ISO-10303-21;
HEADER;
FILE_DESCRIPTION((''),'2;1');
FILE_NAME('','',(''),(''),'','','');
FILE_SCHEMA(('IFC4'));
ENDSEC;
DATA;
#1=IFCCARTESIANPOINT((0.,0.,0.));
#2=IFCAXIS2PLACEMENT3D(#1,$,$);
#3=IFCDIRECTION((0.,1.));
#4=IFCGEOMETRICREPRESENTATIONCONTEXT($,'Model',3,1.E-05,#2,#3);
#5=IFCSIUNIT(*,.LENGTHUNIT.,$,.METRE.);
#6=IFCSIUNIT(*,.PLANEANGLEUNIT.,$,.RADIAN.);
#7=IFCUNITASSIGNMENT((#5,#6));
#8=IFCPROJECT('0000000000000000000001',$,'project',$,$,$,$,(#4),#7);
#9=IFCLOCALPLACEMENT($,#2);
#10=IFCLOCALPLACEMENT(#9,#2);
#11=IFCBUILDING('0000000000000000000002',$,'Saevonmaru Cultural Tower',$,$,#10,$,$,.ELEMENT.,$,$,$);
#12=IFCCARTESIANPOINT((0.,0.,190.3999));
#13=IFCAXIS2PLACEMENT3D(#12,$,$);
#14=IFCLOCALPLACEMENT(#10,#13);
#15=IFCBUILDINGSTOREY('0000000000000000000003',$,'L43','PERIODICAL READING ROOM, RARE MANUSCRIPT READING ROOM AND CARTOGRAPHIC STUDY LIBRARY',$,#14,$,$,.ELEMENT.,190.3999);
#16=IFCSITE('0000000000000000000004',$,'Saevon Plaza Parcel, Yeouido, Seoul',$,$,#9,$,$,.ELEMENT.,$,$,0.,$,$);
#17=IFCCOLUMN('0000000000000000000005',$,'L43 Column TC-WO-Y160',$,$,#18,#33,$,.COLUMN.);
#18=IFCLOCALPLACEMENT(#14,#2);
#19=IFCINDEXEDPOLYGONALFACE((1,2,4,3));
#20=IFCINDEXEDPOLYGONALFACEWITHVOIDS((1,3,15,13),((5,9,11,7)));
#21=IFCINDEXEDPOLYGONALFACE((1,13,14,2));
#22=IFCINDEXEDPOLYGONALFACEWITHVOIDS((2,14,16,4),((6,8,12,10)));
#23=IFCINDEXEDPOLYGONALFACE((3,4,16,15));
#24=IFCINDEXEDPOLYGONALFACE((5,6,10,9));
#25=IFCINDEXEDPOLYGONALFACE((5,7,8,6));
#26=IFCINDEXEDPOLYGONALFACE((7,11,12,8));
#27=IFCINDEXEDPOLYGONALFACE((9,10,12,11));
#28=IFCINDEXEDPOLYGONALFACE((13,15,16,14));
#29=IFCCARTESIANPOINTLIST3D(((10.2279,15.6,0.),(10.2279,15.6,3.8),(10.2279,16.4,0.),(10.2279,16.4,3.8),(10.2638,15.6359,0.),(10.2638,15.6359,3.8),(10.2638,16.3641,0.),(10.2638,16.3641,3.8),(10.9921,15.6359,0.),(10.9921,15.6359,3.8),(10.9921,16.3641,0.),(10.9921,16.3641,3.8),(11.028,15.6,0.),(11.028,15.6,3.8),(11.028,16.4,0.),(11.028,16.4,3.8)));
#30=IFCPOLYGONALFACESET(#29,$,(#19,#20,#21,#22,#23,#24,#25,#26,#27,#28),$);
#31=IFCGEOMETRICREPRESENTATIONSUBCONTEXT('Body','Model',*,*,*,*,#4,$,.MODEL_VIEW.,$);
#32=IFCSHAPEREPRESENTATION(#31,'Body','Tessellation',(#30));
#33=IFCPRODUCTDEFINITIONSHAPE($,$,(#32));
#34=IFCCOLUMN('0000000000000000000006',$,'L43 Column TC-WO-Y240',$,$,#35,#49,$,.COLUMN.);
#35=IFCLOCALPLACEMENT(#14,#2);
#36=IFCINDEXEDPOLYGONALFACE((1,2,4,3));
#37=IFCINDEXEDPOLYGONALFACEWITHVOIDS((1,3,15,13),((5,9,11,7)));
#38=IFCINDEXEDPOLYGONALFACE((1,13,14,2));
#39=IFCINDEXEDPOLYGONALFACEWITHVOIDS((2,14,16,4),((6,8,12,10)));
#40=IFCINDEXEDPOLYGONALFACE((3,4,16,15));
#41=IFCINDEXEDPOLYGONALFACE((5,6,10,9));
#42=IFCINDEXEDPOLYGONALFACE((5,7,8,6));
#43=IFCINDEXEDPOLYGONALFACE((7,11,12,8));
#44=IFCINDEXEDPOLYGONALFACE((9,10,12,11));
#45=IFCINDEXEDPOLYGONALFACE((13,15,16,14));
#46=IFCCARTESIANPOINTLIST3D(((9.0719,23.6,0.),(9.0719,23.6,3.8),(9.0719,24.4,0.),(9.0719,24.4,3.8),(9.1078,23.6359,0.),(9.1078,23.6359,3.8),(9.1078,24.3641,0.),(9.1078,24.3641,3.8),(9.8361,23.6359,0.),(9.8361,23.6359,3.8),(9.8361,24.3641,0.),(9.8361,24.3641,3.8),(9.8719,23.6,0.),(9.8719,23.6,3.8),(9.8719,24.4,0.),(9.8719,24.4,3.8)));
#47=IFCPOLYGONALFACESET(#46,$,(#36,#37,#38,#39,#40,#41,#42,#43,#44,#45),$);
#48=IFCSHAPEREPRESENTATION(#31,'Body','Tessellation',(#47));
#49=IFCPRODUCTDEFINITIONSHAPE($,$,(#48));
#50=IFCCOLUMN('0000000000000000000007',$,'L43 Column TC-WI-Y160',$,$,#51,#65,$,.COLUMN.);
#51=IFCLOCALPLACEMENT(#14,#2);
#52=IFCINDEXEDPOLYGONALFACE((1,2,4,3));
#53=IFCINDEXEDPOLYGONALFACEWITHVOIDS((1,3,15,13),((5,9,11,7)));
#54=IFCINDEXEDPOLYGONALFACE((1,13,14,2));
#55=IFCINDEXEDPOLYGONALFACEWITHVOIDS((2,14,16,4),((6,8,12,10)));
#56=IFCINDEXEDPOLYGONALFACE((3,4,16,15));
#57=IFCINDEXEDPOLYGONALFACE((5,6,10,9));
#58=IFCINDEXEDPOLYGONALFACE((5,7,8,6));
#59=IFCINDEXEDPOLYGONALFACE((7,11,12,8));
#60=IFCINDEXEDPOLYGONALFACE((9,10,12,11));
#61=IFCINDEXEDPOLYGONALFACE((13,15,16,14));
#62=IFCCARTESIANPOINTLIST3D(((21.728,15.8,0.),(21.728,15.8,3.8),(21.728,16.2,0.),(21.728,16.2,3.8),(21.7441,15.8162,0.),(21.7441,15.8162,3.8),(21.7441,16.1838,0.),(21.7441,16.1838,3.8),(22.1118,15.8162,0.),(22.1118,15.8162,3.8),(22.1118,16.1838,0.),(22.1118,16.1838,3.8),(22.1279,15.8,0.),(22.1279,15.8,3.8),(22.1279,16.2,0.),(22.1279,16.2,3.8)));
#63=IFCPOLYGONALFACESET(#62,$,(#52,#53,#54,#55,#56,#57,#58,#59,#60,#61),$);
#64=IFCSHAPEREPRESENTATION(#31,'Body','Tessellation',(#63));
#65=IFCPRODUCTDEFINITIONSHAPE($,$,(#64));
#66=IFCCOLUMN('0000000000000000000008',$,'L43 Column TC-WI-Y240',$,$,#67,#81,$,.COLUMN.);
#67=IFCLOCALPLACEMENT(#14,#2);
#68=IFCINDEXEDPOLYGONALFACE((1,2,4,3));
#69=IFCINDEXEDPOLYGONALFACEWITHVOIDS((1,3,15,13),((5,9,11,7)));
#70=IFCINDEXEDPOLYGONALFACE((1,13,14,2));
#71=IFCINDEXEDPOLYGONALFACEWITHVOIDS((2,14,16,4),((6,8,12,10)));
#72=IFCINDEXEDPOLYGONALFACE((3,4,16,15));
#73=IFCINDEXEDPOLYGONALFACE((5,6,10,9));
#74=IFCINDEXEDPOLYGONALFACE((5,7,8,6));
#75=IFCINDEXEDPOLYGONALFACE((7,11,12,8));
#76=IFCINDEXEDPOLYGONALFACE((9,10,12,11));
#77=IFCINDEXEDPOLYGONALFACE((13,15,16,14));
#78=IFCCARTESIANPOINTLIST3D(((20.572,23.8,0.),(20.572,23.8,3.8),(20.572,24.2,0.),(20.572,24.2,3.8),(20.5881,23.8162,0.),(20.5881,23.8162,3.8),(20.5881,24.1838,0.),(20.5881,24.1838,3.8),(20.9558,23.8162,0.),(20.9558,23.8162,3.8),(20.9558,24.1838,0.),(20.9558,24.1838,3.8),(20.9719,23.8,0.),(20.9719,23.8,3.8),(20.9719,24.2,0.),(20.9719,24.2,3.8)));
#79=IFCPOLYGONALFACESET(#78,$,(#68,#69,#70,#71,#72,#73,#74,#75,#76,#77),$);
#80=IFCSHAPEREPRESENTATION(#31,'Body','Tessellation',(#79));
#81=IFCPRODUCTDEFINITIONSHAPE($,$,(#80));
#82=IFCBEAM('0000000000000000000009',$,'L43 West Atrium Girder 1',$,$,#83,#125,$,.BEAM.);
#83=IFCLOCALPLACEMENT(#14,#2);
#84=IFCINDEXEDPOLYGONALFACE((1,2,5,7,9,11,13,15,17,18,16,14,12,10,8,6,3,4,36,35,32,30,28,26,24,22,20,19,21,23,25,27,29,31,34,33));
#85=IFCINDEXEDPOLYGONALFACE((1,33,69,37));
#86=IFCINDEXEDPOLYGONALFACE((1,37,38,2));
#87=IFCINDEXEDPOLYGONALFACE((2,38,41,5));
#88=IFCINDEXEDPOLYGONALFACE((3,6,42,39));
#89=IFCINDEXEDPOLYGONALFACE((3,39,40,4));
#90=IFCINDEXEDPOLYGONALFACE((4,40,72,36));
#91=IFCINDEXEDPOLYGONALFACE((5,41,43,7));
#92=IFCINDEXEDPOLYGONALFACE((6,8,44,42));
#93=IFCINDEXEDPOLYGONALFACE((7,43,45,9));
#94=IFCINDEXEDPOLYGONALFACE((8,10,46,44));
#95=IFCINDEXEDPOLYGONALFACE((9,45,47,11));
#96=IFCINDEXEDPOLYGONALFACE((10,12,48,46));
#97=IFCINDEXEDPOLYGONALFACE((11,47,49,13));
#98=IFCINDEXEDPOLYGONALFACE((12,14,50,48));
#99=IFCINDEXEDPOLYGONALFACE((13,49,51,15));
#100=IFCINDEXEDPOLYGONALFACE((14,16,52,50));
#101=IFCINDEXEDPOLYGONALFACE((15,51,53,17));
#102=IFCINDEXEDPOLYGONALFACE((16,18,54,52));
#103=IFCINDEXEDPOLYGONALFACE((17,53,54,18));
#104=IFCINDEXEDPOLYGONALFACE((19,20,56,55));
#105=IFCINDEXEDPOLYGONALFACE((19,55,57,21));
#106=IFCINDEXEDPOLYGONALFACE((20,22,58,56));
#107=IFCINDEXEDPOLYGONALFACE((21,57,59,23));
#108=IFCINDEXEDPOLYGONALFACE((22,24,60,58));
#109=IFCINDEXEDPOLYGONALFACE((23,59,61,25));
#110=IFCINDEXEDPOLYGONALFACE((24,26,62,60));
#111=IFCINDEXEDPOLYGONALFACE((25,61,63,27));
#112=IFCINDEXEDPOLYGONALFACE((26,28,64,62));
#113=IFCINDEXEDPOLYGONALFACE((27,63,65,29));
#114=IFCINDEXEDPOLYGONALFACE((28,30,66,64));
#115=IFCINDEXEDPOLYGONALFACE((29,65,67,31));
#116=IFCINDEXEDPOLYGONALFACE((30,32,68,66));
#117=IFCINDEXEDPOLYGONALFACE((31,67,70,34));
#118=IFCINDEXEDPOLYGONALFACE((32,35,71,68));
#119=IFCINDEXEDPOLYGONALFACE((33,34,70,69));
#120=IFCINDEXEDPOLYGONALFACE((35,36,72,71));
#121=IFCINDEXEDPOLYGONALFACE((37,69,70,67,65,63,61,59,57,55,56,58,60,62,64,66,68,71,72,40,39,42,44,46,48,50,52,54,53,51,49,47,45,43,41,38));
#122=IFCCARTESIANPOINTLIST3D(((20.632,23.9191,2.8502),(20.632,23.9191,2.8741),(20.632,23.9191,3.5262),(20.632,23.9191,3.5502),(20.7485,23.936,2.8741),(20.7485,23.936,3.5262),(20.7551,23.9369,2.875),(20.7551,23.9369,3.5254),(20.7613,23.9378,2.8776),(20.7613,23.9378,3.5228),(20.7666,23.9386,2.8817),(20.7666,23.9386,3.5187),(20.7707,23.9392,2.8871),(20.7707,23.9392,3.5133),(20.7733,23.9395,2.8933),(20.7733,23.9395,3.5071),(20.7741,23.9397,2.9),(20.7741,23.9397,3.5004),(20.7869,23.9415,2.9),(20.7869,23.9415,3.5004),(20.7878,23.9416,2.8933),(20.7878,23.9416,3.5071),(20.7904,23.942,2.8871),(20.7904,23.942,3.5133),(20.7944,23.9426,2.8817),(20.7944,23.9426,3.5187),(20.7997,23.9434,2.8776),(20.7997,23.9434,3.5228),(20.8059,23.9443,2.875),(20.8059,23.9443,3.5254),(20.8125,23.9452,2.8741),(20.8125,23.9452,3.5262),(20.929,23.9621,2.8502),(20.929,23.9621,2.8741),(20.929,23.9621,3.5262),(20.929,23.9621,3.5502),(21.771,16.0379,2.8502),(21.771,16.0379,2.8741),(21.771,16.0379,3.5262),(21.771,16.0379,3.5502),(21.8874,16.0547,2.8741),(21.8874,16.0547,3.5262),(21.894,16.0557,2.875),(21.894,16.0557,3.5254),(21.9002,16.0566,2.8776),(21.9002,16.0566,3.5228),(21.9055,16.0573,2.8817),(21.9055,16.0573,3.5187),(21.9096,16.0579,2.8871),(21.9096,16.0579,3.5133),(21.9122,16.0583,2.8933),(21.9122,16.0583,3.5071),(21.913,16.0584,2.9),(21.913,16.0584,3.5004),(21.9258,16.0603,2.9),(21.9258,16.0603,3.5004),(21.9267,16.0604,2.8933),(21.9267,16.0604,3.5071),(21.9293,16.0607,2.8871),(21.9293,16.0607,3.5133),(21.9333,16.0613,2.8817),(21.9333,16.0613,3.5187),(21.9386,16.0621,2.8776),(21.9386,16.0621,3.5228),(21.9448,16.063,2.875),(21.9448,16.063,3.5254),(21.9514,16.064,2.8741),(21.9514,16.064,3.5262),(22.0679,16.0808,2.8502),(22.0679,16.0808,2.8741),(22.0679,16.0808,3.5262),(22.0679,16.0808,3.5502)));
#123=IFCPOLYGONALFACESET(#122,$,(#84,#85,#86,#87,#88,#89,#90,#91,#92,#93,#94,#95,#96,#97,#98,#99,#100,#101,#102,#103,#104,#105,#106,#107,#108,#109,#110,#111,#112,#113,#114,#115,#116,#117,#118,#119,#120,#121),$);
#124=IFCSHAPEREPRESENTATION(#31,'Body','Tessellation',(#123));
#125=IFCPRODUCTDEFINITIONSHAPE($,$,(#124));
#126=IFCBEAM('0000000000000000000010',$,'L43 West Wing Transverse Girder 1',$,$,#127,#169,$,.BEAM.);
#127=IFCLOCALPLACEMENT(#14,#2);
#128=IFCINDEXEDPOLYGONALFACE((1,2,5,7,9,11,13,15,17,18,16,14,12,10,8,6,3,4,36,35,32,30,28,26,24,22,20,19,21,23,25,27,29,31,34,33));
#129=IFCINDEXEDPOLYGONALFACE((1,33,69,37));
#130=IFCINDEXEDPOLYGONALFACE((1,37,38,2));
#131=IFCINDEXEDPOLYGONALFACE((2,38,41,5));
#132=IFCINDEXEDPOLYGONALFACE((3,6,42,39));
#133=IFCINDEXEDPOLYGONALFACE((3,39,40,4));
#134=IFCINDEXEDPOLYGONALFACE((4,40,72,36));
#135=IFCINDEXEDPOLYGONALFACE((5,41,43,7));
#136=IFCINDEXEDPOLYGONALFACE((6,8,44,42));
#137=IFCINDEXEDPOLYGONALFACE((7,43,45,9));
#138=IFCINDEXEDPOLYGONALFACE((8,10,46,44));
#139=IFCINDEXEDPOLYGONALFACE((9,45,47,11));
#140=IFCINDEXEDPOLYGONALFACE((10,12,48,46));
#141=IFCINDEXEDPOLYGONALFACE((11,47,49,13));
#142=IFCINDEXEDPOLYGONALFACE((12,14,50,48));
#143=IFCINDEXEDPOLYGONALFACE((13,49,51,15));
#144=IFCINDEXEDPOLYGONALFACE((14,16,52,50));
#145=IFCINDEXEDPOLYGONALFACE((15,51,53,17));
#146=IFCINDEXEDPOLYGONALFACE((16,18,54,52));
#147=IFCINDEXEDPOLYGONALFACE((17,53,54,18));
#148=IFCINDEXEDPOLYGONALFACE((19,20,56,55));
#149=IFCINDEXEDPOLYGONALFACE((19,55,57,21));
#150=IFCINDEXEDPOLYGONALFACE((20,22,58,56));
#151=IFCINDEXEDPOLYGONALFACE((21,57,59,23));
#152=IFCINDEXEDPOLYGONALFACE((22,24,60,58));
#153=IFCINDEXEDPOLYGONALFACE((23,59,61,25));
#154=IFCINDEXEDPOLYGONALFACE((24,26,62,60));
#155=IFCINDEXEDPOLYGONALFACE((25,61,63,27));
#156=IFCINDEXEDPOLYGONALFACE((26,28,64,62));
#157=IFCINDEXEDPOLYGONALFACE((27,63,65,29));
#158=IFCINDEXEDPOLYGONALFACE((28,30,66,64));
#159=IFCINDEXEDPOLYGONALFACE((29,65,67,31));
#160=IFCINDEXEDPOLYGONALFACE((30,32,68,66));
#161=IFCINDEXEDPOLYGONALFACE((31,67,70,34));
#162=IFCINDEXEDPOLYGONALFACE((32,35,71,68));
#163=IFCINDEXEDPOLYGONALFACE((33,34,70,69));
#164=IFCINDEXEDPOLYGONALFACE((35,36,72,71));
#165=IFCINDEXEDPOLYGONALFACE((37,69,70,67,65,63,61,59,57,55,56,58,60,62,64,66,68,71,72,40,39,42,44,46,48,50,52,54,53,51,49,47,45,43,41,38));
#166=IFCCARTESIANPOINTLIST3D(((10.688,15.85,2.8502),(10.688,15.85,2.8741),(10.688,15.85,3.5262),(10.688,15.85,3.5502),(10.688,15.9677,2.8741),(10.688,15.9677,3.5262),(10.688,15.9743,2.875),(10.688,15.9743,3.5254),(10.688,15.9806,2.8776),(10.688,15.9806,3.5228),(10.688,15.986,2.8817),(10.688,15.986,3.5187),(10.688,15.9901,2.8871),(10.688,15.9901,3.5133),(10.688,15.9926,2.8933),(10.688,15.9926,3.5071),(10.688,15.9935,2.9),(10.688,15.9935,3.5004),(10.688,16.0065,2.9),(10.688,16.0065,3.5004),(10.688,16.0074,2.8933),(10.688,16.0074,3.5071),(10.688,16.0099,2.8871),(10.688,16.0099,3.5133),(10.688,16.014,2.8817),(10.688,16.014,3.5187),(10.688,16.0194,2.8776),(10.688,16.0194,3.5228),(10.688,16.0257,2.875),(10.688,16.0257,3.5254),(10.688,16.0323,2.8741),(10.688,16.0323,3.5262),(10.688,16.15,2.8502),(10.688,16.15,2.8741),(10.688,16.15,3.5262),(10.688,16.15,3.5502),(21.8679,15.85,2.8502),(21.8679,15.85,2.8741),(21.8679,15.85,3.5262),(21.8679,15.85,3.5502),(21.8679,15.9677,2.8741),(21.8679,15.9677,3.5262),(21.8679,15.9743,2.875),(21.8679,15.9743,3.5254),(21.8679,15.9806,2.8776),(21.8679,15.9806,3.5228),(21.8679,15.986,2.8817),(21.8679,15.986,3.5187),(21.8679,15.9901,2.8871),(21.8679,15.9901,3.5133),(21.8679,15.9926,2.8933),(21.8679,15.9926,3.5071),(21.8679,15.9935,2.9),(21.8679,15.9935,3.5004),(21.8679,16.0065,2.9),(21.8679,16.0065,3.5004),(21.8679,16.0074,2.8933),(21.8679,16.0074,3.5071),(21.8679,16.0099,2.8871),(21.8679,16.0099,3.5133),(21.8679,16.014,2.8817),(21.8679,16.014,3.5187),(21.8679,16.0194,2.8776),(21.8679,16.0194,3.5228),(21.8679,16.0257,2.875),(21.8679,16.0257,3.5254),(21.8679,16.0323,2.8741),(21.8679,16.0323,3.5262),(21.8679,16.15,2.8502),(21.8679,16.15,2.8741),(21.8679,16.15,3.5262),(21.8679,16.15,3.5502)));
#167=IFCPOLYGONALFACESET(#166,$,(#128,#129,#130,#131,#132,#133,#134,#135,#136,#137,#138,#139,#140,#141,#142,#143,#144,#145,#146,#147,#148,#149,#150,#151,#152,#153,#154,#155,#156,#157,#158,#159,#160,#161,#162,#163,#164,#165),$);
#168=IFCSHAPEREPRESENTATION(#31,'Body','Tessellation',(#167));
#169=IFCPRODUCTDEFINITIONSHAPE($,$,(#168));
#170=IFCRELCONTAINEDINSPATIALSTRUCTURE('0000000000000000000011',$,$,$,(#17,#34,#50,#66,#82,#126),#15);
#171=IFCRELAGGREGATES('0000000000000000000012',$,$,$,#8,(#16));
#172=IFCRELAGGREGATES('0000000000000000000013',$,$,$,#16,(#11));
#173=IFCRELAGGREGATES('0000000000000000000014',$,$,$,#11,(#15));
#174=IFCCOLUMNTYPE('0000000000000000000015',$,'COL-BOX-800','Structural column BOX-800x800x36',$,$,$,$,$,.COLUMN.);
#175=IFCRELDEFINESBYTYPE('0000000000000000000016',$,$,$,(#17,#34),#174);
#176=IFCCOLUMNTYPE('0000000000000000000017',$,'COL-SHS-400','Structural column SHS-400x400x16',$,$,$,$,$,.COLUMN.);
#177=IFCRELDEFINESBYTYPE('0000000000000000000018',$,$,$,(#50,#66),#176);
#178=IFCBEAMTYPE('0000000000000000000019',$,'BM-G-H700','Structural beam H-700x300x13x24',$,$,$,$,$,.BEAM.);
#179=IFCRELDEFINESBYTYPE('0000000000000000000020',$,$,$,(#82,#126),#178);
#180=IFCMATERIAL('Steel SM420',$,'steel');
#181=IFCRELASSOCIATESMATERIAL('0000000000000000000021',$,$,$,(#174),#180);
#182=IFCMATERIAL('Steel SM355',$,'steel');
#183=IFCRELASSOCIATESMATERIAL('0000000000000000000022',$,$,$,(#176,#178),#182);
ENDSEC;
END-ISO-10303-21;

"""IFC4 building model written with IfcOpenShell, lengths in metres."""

from ifc_helpers import new_model, si_unit, direction, frame, origin, origin_2d, place, context, subcontext, project, spatial, hollow_rectangle, i_section, extrude, material, material_profile, profile_set, type_object, element, save


model = new_model("IFC4")

# Units and contexts
model_context = context("Model", 3, precision=1e-05, world=origin(), true_north=direction((0.0, 1.0)))
body_context = subcontext(model_context, "Body", "Model", "MODEL_VIEW")
ifc_project = project(units=[si_unit("LENGTHUNIT", "METRE"), si_unit("PLANEANGLEUNIT", "RADIAN")], contexts=[model_context])

# Site, building, storey
site_placement = place(None, origin())
site = spatial("IfcSite", under=ifc_project, at=site_placement, Name="Saevon Plaza Parcel, Yeouido, Seoul", CompositionType="ELEMENT", RefElevation=0.0)
building_placement = place(site_placement, origin())
building = spatial("IfcBuilding", under=site, at=building_placement, Name="Saevonmaru Cultural Tower", CompositionType="ELEMENT")
storey_placement = place(building_placement, frame((0.0, 0.0, 190.3999)))
storey = spatial("IfcBuildingStorey", under=building, at=storey_placement, Name="L43", Description="PERIODICAL READING ROOM, RARE MANUSCRIPT READING ROOM AND CARTOGRAPHIC STUDY LIBRARY", CompositionType="ELEMENT", Elevation=190.3999)

# Columns
ifc_material_1 = material(Name="Steel SM420", Category="steel")
ifc_material_profile_1 = material_profile(ifc_material_1, hollow_rectangle(XDim=0.8, YDim=0.8, WallThickness=0.0359, at=origin_2d()), Name="BOX-800x800x36")
ifc_profile_set_1 = profile_set([ifc_material_profile_1], Name="Steel SM420")
column_type_1 = type_object("IfcColumnType", Name="COL-BOX-800", Description="Structural column BOX-800x800x36", PredefinedType="COLUMN", material=ifc_profile_set_1)
for number, where, z_axis, x_axis, name in (
    (1, (10.6279, 16.0, 0.0), (0.0, 0.0, 1.0), (1.0, 0.0, 0.0), "L43 Column TC-WO-Y160"),
    (2, (9.4719, 24.0, 0.0), (0.0, 0.0, 1.0), (1.0, 0.0, 0.0), "L43 Column TC-WO-Y240"),
):
    element("IfcColumn", number, at=place(storey_placement, frame(where, z_axis=z_axis, x_axis=x_axis)), inside=storey, type_object=column_type_1, Name=name, PredefinedType="COLUMN", context=body_context, shape_type="SweptSolid", body=[
        extrude(hollow_rectangle(XDim=0.8, YDim=0.8, WallThickness=0.0359, at=origin_2d()), origin(), (0.0, 0.0, 1.0), 3.8),
    ])
ifc_material_2 = material(Name="Steel SM355", Category="steel")
ifc_material_profile_2 = material_profile(ifc_material_2, hollow_rectangle(XDim=0.3999, YDim=0.3999, WallThickness=0.0161, at=origin_2d()), Name="SHS-400x400x16")
ifc_profile_set_2 = profile_set([ifc_material_profile_2], Name="Steel SM355")
column_type_2 = type_object("IfcColumnType", Name="COL-SHS-400", Description="Structural column SHS-400x400x16", PredefinedType="COLUMN", material=ifc_profile_set_2)
for number, where, z_axis, x_axis, name in (
    (3, (21.928, 16.0, 0.0), (0.0, 0.0, 1.0), (1.0, 0.0, 0.0), "L43 Column TC-WI-Y160"),
    (4, (20.772, 24.0, 0.0), (0.0, 0.0, 1.0), (1.0, 0.0, 0.0), "L43 Column TC-WI-Y240"),
):
    element("IfcColumn", number, at=place(storey_placement, frame(where, z_axis=z_axis, x_axis=x_axis)), inside=storey, type_object=column_type_2, Name=name, PredefinedType="COLUMN", context=body_context, shape_type="SweptSolid", body=[
        extrude(hollow_rectangle(XDim=0.3999, YDim=0.3999, WallThickness=0.0161, at=origin_2d()), origin(), (0.0, 0.0, 1.0), 3.8),
    ])

# Beams
ifc_material_profile_3 = material_profile(ifc_material_2, i_section(OverallWidth=0.3, OverallDepth=0.7, WebThickness=0.0129, FlangeThickness=0.0239, FilletRadius=0.0259, at=origin_2d()), Name="H-700x300x13x24")
ifc_profile_set_3 = profile_set([ifc_material_profile_3], Name="Steel SM355")
beam_type_1 = type_object("IfcBeamType", Name="BM-G-H700", Description="Structural beam H-700x300x13x24", PredefinedType="BEAM", material=ifc_profile_set_3)
beam_1_placement = place(storey_placement, frame((21.9194, 16.0593, 3.2002), z_axis=(-0.143022, 0.989719, 0.0), x_axis=(-0.989719, -0.143022, 0.0)))
element("IfcBeam", 5, at=beam_1_placement, inside=storey, type_object=beam_type_1, Name="L43 West Atrium Girder 1", PredefinedType="BEAM", context=body_context, shape_type="SweptSolid", body=[
    extrude(i_section(OverallWidth=0.3, OverallDepth=0.7, WebThickness=0.0129, FlangeThickness=0.0239, FilletRadius=0.0259, at=origin_2d()), origin(), (0.0, 0.0, 1.0), 7.9631),
])
for number, where, z_axis, x_axis, name in (
    (6, (10.688, 16.0, 3.2002), (1.0, 0.0, 0.0), (0.0, 1.0, 0.0), "L43 West Wing Transverse Girder 1"),
):
    element("IfcBeam", number, at=place(storey_placement, frame(where, z_axis=z_axis, x_axis=x_axis)), inside=storey, type_object=beam_type_1, Name=name, PredefinedType="BEAM", context=body_context, shape_type="SweptSolid", body=[
        extrude(i_section(OverallWidth=0.3, OverallDepth=0.7, WebThickness=0.0129, FlangeThickness=0.0239, FilletRadius=0.0259, at=origin_2d()), origin(), (0.0, 0.0, 1.0), 11.1799),
    ])

save(model, "model.ifc")
